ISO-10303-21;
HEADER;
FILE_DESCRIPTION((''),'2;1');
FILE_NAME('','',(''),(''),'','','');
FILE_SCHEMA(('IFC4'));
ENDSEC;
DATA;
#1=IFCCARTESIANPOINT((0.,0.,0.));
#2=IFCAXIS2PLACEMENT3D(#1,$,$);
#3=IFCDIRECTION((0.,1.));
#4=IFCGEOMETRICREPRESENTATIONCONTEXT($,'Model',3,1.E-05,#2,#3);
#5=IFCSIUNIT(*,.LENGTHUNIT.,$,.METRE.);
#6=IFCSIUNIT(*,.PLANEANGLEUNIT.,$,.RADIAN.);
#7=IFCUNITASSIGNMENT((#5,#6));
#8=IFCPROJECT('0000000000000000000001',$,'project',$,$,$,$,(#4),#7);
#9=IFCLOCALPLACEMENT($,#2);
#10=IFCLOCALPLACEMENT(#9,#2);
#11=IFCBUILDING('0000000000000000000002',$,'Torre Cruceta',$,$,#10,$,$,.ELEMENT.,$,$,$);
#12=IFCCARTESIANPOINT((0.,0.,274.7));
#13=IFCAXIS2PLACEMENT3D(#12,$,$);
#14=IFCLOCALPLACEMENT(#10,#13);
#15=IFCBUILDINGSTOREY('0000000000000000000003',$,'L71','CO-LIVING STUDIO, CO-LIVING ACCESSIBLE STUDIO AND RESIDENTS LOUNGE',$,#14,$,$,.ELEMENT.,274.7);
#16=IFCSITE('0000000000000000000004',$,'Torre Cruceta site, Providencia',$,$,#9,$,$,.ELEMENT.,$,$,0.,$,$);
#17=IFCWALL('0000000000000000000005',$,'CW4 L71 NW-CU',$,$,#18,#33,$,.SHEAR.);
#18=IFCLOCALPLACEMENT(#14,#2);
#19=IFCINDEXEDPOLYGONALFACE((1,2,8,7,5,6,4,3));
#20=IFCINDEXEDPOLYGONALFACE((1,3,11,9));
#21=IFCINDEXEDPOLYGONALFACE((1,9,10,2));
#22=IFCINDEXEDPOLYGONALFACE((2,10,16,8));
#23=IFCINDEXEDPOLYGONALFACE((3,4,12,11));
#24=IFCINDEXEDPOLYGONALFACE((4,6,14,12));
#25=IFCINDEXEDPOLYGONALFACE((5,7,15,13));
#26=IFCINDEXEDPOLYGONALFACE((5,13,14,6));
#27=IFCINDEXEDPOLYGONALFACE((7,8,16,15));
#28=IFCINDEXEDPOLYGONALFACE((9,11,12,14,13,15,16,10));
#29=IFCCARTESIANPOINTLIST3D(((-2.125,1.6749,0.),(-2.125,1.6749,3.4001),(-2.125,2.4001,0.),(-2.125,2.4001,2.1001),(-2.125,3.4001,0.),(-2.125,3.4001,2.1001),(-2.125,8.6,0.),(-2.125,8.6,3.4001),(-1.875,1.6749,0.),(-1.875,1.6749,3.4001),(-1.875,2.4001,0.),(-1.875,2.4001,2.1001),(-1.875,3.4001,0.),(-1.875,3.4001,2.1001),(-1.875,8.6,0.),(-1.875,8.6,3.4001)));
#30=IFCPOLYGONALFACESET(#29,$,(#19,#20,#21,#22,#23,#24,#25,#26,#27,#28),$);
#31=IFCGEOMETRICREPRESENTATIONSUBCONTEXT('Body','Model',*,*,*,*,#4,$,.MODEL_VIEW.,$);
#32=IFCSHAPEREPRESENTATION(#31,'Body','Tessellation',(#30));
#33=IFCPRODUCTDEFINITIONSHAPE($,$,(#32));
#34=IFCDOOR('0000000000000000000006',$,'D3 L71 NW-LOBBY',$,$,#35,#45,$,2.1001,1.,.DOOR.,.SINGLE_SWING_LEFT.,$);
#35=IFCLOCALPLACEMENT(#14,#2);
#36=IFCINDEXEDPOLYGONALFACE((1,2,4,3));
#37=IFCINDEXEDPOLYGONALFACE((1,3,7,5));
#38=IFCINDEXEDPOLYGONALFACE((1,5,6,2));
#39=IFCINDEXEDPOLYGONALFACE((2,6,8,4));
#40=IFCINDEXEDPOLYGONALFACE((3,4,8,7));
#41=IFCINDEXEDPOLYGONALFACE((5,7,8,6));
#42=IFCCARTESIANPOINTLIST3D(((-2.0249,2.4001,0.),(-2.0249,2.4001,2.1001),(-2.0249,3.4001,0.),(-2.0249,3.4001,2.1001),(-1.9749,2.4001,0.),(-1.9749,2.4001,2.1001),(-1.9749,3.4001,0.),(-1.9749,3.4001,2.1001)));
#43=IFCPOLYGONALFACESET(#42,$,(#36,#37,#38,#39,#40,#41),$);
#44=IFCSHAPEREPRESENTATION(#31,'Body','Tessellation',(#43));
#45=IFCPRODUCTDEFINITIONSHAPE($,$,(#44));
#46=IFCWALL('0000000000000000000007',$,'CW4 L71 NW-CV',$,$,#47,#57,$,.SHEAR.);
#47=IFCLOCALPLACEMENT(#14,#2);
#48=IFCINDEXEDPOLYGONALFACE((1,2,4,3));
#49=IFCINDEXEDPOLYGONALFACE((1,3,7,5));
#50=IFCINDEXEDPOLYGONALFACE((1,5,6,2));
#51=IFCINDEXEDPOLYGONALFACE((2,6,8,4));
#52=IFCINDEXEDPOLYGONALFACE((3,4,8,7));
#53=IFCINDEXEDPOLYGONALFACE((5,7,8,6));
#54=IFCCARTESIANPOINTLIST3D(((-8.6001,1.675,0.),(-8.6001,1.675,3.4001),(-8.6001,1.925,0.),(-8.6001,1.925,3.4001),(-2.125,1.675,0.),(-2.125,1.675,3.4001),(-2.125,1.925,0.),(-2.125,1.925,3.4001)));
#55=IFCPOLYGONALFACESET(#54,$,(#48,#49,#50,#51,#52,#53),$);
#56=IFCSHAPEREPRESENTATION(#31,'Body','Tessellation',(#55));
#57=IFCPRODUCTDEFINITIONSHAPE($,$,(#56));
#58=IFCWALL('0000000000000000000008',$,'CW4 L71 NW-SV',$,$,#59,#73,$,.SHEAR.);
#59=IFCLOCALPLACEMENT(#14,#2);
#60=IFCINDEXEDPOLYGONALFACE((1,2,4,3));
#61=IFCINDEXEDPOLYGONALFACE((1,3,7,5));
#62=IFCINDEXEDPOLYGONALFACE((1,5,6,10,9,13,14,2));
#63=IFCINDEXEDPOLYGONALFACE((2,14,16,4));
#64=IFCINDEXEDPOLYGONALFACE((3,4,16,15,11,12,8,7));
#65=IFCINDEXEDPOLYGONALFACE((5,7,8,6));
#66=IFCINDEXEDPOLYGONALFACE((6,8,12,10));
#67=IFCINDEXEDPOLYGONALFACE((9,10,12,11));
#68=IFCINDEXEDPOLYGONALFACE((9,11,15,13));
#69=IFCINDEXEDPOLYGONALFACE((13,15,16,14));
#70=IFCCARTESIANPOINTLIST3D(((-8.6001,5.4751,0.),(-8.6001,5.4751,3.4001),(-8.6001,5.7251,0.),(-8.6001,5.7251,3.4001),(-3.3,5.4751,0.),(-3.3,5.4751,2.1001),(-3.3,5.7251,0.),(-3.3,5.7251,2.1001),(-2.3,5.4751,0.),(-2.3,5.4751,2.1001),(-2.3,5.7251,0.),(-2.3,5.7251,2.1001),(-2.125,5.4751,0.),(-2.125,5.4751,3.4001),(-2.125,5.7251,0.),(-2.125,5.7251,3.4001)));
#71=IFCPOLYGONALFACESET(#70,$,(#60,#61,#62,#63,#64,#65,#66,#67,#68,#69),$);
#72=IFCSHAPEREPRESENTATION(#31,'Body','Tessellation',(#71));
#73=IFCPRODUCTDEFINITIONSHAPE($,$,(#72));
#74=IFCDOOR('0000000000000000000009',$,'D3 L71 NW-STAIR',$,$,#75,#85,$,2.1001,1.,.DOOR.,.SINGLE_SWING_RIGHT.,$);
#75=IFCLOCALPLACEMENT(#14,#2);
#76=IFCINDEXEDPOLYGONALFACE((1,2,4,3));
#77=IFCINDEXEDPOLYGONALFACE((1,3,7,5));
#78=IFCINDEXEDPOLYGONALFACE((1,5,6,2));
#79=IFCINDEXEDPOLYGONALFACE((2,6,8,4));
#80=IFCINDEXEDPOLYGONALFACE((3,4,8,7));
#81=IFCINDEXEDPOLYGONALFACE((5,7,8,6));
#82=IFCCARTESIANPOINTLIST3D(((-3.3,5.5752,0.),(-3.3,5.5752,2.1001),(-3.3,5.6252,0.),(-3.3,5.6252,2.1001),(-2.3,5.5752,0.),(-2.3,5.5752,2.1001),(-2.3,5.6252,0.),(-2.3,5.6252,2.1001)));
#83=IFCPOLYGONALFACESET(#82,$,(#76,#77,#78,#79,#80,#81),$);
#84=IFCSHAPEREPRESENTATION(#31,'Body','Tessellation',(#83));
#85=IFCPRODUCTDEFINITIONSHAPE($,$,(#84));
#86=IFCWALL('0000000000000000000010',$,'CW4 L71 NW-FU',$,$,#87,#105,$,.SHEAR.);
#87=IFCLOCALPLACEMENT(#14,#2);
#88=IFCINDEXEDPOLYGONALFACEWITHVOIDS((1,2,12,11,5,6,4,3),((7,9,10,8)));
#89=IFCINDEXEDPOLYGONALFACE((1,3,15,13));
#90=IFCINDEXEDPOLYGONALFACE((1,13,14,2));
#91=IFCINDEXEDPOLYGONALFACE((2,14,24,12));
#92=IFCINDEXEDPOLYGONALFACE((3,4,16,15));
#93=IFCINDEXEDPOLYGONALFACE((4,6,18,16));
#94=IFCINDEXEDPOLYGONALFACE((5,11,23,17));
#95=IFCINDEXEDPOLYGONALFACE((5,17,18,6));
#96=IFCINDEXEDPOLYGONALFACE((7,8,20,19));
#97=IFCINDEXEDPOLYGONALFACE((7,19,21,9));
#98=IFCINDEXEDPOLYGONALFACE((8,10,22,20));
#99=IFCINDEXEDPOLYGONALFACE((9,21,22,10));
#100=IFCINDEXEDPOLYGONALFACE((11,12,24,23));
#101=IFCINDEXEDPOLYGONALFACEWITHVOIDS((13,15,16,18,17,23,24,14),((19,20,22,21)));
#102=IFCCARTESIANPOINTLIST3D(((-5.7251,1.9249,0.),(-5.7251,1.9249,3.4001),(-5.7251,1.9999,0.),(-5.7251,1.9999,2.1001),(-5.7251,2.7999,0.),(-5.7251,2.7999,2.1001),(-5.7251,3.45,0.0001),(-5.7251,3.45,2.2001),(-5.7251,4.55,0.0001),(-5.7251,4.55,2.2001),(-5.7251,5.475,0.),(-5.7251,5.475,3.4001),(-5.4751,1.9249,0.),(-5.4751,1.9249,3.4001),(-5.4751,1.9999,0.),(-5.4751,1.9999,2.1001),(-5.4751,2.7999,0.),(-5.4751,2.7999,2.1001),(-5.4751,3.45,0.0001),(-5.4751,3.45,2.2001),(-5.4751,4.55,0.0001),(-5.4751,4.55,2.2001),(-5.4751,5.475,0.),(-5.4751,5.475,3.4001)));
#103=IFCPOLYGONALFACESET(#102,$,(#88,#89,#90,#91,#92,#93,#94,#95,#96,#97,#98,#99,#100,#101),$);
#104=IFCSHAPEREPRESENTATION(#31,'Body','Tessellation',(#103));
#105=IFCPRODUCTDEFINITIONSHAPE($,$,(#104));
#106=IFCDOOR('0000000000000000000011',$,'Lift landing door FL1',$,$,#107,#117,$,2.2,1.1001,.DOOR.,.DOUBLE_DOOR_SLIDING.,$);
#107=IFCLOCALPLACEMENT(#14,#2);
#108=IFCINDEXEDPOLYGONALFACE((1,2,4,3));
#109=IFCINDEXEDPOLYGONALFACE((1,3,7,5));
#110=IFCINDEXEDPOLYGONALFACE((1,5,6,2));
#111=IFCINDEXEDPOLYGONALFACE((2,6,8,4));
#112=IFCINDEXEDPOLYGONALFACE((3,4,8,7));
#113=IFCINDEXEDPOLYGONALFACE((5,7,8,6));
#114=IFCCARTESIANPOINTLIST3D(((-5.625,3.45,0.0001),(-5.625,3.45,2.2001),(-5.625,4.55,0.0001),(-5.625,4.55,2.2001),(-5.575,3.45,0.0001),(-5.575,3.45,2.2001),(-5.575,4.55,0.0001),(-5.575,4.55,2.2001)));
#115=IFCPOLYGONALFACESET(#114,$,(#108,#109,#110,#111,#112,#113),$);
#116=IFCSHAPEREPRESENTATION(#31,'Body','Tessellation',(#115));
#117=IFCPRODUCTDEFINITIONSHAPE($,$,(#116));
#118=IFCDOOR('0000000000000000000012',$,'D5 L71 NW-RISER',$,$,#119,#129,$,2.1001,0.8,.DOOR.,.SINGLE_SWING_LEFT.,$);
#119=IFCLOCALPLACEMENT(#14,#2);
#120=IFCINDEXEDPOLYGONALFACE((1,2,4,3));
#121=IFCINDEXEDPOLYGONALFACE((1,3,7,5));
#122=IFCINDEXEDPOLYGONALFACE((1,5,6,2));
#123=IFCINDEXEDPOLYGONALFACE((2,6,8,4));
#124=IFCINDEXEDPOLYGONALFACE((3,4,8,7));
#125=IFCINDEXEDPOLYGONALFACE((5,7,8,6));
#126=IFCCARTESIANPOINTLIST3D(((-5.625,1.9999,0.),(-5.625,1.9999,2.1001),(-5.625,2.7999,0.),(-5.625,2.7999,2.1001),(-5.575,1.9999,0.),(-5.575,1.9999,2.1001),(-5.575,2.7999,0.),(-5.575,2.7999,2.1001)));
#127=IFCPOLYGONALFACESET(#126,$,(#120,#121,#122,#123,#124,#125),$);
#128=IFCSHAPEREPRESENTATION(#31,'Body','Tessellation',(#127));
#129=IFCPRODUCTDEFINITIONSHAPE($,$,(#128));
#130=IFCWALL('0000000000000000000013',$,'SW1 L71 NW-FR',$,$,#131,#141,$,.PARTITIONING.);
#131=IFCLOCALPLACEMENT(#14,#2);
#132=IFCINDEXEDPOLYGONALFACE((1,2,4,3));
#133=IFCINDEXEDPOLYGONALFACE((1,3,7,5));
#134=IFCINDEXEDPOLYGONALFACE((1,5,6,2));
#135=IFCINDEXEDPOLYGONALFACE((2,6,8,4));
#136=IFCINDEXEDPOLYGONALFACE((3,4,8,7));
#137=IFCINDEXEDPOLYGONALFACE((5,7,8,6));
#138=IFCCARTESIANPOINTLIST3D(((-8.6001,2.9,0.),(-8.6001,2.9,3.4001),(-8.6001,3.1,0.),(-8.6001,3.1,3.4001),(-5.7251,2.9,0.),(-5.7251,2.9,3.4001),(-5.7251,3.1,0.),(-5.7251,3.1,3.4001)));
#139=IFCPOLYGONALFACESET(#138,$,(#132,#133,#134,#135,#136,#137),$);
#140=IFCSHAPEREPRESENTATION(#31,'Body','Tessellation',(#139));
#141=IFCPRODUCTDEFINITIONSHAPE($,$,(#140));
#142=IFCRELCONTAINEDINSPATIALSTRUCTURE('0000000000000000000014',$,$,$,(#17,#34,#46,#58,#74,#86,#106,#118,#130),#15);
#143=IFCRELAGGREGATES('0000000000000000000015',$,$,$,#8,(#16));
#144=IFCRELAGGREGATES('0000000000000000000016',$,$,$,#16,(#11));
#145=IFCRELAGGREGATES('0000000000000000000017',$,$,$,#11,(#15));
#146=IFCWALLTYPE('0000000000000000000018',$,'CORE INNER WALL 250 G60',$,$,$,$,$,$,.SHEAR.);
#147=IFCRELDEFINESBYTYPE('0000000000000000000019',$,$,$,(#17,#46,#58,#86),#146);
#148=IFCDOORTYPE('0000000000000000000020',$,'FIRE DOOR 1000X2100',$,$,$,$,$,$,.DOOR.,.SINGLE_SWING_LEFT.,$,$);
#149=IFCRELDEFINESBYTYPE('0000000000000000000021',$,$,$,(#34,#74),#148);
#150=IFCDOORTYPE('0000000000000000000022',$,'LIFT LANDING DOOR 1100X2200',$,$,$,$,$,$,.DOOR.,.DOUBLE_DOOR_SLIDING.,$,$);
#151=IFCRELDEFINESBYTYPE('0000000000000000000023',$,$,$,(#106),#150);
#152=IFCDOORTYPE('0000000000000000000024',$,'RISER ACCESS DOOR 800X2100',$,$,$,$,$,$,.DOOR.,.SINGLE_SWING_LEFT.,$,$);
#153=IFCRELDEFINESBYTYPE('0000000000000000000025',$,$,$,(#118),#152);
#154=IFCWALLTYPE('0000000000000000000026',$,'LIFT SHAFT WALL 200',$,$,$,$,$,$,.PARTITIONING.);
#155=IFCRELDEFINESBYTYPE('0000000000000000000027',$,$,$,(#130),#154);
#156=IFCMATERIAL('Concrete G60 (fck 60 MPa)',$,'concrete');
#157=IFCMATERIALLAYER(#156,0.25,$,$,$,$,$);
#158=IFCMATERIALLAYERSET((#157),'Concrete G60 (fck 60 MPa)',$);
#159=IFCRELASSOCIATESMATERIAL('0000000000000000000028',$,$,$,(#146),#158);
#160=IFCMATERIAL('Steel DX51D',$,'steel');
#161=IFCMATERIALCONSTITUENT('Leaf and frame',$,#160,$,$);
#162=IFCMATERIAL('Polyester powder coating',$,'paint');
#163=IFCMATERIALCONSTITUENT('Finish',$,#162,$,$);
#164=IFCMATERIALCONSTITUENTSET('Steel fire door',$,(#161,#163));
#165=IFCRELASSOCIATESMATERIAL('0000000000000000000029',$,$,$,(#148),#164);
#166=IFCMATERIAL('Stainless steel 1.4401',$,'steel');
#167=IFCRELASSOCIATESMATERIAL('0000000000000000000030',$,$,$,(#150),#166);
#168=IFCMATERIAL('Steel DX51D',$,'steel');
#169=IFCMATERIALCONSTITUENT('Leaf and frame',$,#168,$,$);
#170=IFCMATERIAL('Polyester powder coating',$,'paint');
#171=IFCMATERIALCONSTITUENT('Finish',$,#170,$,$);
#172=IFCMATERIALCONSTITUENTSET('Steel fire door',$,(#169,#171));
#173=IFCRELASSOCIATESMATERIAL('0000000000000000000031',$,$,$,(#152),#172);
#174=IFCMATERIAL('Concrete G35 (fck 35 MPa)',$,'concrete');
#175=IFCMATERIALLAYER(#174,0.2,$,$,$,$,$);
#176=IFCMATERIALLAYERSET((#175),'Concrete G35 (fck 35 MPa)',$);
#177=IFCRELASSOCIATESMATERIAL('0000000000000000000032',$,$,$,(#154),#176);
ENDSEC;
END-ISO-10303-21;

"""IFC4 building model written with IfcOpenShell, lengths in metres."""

from ifc_helpers import new_model, si_unit, direction, frame, frame_2d, origin, place, context, subcontext, project, spatial, rectangle, extrude, material, layer, layer_set, constituent, constituent_set, type_object, element, fill, save


model = new_model("IFC4")

# Units and contexts
model_context = context("Model", 3, precision=1e-05, world=origin(), true_north=direction((0.0, 1.0)))
body_context = subcontext(model_context, "Body", "Model", "MODEL_VIEW")
ifc_project = project(units=[si_unit("LENGTHUNIT", "METRE"), si_unit("PLANEANGLEUNIT", "RADIAN")], contexts=[model_context])

# Site, building, storey
site_placement = place(None, origin())
site = spatial("IfcSite", under=ifc_project, at=site_placement, Name="Torre Cruceta site, Providencia", CompositionType="ELEMENT", RefElevation=0.0)
building_placement = place(site_placement, origin())
building = spatial("IfcBuilding", under=site, at=building_placement, Name="Torre Cruceta", CompositionType="ELEMENT")
storey_placement = place(building_placement, frame((0.0, 0.0, 274.7)))
storey = spatial("IfcBuildingStorey", under=building, at=storey_placement, Name="L71", Description="CO-LIVING STUDIO, CO-LIVING ACCESSIBLE STUDIO AND RESIDENTS LOUNGE", CompositionType="ELEMENT", Elevation=274.7)

# Wall, opening, door
ifc_material_1 = material(Name="Concrete G60 (fck 60 MPa)", Category="concrete")
ifc_layer_1 = layer(ifc_material_1, 0.25)
ifc_layer_set_1 = layer_set([ifc_layer_1], Name="Concrete G60 (fck 60 MPa)")
wall_type_1 = type_object("IfcWallType", Name="CORE INNER WALL 250 G60", PredefinedType="SHEAR", material=ifc_layer_set_1)
wall_1_placement = place(storey_placement, frame((-2.0, 1.675, 0.0), z_axis=(0.0, 0.0, 1.0), x_axis=(0.0, 1.0, 0.0)))
wall_1 = element("IfcWall", 1, at=wall_1_placement, inside=storey, type_object=wall_type_1, Name="CW4 L71 NW-CU", PredefinedType="SHEAR", context=body_context, shape_type="SweptSolid", body=[
    extrude(rectangle(XDim=6.925, YDim=0.25, at=frame_2d((3.4624, 0.0))), origin(), (0.0, 0.0, 1.0), 3.4001),
])
opening_1_placement = place(wall_1_placement, frame((0.7251, 0.0, 0.0)))
opening_1 = element("IfcOpeningElement", 2, at=opening_1_placement, cuts=wall_1, PredefinedType="OPENING", context=body_context, shape_type="SweptSolid", body=[
    extrude(rectangle(XDim=1.0, YDim=2.1001, at=frame_2d((0.5, 1.05))), frame((0.0, 0.135, 0.0), z_axis=(0.0, -1.0, 0.0), x_axis=(1.0, 0.0, 0.0)), (0.0, 0.0, 1.0), 0.27),
])
ifc_material_2 = material(Name="Steel DX51D", Category="steel")
ifc_constituent_1 = constituent(ifc_material_2, Name="Leaf and frame")
ifc_material_3 = material(Name="Polyester powder coating", Category="paint")
ifc_constituent_2 = constituent(ifc_material_3, Name="Finish")
ifc_constituent_set_1 = constituent_set(constituents=[ifc_constituent_1, ifc_constituent_2], Name="Steel fire door")
door_type_1 = type_object("IfcDoorType", Name="FIRE DOOR 1000X2100", OperationType="SINGLE_SWING_LEFT", PredefinedType="DOOR", material=ifc_constituent_set_1)
door_1_placement = place(opening_1_placement, origin())
door_1 = element("IfcDoor", 3, at=door_1_placement, inside=storey, type_object=door_type_1, Name="D3 L71 NW-LOBBY", OperationType="SINGLE_SWING_LEFT", OverallHeight=2.1001, OverallWidth=1.0, PredefinedType="DOOR", context=body_context, shape_type="SweptSolid", body=[
    extrude(rectangle(XDim=1.0, YDim=2.1001, at=frame_2d((0.5, 1.05))), frame((0.0, 0.0249, 0.0), z_axis=(0.0, -1.0, 0.0), x_axis=(1.0, 0.0, 0.0)), (0.0, 0.0, 1.0), 0.05),
])
fill(opening_1, door_1)

# Wall
wall_2_placement = place(storey_placement, frame((-2.125, 1.8, 0.0), z_axis=(0.0, 0.0, 1.0), x_axis=(-1.0, 0.0, 0.0)))
element("IfcWall", 4, at=wall_2_placement, inside=storey, type_object=wall_type_1, Name="CW4 L71 NW-CV", PredefinedType="SHEAR", context=body_context, shape_type="SweptSolid", body=[
    extrude(rectangle(XDim=6.4751, YDim=0.25, at=frame_2d((3.2375, 0.0))), origin(), (0.0, 0.0, 1.0), 3.4001),
])

# Wall, opening, door
wall_3_placement = place(storey_placement, frame((-2.125, 5.6001, 0.0), z_axis=(0.0, 0.0, 1.0), x_axis=(-1.0, 0.0, 0.0)))
wall_3 = element("IfcWall", 5, at=wall_3_placement, inside=storey, type_object=wall_type_1, Name="CW4 L71 NW-SV", PredefinedType="SHEAR", context=body_context, shape_type="SweptSolid", body=[
    extrude(rectangle(XDim=6.4751, YDim=0.25, at=frame_2d((3.2375, 0.0))), origin(), (0.0, 0.0, 1.0), 3.4001),
])
opening_2_placement = place(wall_3_placement, frame((0.175, 0.0, 0.0)))
opening_2 = element("IfcOpeningElement", 6, at=opening_2_placement, cuts=wall_3, PredefinedType="OPENING", context=body_context, shape_type="SweptSolid", body=[
    extrude(rectangle(XDim=1.0, YDim=2.1001, at=frame_2d((0.5, 1.05))), frame((0.0, 0.135, 0.0), z_axis=(0.0, -1.0, 0.0), x_axis=(1.0, 0.0, 0.0)), (0.0, 0.0, 1.0), 0.27),
])
door_2_placement = place(opening_2_placement, frame((1.0, 0.0, 0.0), z_axis=(0.0, 0.0, 1.0), x_axis=(-1.0, 0.0, 0.0)))
door_2 = element("IfcDoor", 7, at=door_2_placement, inside=storey, type_object=door_type_1, Name="D3 L71 NW-STAIR", OperationType="SINGLE_SWING_RIGHT", OverallHeight=2.1001, OverallWidth=1.0, PredefinedType="DOOR", context=body_context, shape_type="SweptSolid", body=[
    extrude(rectangle(XDim=1.0, YDim=2.1001, at=frame_2d((0.5, 1.05))), frame((0.0, 0.0251, 0.0), z_axis=(0.0, -1.0, 0.0), x_axis=(1.0, 0.0, 0.0)), (0.0, 0.0, 1.0), 0.05),
])
fill(opening_2, door_2)

# Wall, openings, doors
wall_4_placement = place(storey_placement, frame((-5.6001, 1.925, 0.0), z_axis=(0.0, 0.0, 1.0), x_axis=(0.0, 1.0, 0.0)))
wall_4 = element("IfcWall", 8, at=wall_4_placement, inside=storey, type_object=wall_type_1, Name="CW4 L71 NW-FU", PredefinedType="SHEAR", context=body_context, shape_type="SweptSolid", body=[
    extrude(rectangle(XDim=3.55, YDim=0.25, at=frame_2d((1.7749, 0.0))), origin(), (0.0, 0.0, 1.0), 3.4001),
])
opening_3_placement = place(wall_4_placement, frame((1.5249, 0.0, 0.0)))
opening_3 = element("IfcOpeningElement", 9, at=opening_3_placement, cuts=wall_4, PredefinedType="OPENING", context=body_context, shape_type="SweptSolid", body=[
    extrude(rectangle(XDim=1.1001, YDim=2.2, at=frame_2d((0.55, 1.1001))), frame((0.0, 0.135, 0.0), z_axis=(0.0, -1.0, 0.0), x_axis=(1.0, 0.0, 0.0)), (0.0, 0.0, 1.0), 0.27),
])
opening_4_placement = place(wall_4_placement, frame((0.075, 0.0, 0.0)))
opening_4 = element("IfcOpeningElement", 10, at=opening_4_placement, cuts=wall_4, PredefinedType="OPENING", context=body_context, shape_type="SweptSolid", body=[
    extrude(rectangle(XDim=0.8, YDim=2.1001, at=frame_2d((0.3999, 1.05))), frame((0.0, 0.135, 0.0), z_axis=(0.0, -1.0, 0.0), x_axis=(1.0, 0.0, 0.0)), (0.0, 0.0, 1.0), 0.27),
])
ifc_material_4 = material(Name="Stainless steel 1.4401", Category="steel")
door_type_2 = type_object("IfcDoorType", Name="LIFT LANDING DOOR 1100X2200", OperationType="DOUBLE_DOOR_SLIDING", PredefinedType="DOOR", material=ifc_material_4)
door_3_placement = place(opening_3_placement, origin())
door_3 = element("IfcDoor", 11, at=door_3_placement, inside=storey, type_object=door_type_2, Name="Lift landing door FL1", OperationType="DOUBLE_DOOR_SLIDING", OverallHeight=2.2, OverallWidth=1.1001, PredefinedType="DOOR", context=body_context, shape_type="SweptSolid", body=[
    extrude(rectangle(XDim=1.1001, YDim=2.2, at=frame_2d((0.55, 1.1001))), frame((0.0, 0.0249, 0.0), z_axis=(0.0, -1.0, 0.0), x_axis=(1.0, 0.0, 0.0)), (0.0, 0.0, 1.0), 0.05),
])
fill(opening_3, door_3)
ifc_material_5 = material(Name="Steel DX51D", Category="steel")
ifc_constituent_3 = constituent(ifc_material_5, Name="Leaf and frame")
ifc_material_6 = material(Name="Polyester powder coating", Category="paint")
ifc_constituent_4 = constituent(ifc_material_6, Name="Finish")
ifc_constituent_set_2 = constituent_set(constituents=[ifc_constituent_3, ifc_constituent_4], Name="Steel fire door")
door_type_3 = type_object("IfcDoorType", Name="RISER ACCESS DOOR 800X2100", OperationType="SINGLE_SWING_LEFT", PredefinedType="DOOR", material=ifc_constituent_set_2)
door_4_placement = place(opening_4_placement, origin())
door_4 = element("IfcDoor", 12, at=door_4_placement, inside=storey, type_object=door_type_3, Name="D5 L71 NW-RISER", OperationType="SINGLE_SWING_LEFT", OverallHeight=2.1001, OverallWidth=0.8, PredefinedType="DOOR", context=body_context, shape_type="SweptSolid", body=[
    extrude(rectangle(XDim=0.8, YDim=2.1001, at=frame_2d((0.3999, 1.05))), frame((0.0, 0.0249, 0.0), z_axis=(0.0, -1.0, 0.0), x_axis=(1.0, 0.0, 0.0)), (0.0, 0.0, 1.0), 0.05),
])
fill(opening_4, door_4)

# Wall
ifc_material_7 = material(Name="Concrete G35 (fck 35 MPa)", Category="concrete")
ifc_layer_2 = layer(ifc_material_7, 0.2)
ifc_layer_set_2 = layer_set([ifc_layer_2], Name="Concrete G35 (fck 35 MPa)")
wall_type_2 = type_object("IfcWallType", Name="LIFT SHAFT WALL 200", PredefinedType="PARTITIONING", material=ifc_layer_set_2)
wall_5_placement = place(storey_placement, frame((-5.7251, 3.0, 0.0), z_axis=(0.0, 0.0, 1.0), x_axis=(-1.0, 0.0, 0.0)))
element("IfcWall", 13, at=wall_5_placement, inside=storey, type_object=wall_type_2, Name="SW1 L71 NW-FR", PredefinedType="PARTITIONING", context=body_context, shape_type="SweptSolid", body=[
    extrude(rectangle(XDim=2.875, YDim=0.2, at=frame_2d((1.4375, 0.0))), origin(), (0.0, 0.0, 1.0), 3.4001),
])

save(model, "model.ifc")
